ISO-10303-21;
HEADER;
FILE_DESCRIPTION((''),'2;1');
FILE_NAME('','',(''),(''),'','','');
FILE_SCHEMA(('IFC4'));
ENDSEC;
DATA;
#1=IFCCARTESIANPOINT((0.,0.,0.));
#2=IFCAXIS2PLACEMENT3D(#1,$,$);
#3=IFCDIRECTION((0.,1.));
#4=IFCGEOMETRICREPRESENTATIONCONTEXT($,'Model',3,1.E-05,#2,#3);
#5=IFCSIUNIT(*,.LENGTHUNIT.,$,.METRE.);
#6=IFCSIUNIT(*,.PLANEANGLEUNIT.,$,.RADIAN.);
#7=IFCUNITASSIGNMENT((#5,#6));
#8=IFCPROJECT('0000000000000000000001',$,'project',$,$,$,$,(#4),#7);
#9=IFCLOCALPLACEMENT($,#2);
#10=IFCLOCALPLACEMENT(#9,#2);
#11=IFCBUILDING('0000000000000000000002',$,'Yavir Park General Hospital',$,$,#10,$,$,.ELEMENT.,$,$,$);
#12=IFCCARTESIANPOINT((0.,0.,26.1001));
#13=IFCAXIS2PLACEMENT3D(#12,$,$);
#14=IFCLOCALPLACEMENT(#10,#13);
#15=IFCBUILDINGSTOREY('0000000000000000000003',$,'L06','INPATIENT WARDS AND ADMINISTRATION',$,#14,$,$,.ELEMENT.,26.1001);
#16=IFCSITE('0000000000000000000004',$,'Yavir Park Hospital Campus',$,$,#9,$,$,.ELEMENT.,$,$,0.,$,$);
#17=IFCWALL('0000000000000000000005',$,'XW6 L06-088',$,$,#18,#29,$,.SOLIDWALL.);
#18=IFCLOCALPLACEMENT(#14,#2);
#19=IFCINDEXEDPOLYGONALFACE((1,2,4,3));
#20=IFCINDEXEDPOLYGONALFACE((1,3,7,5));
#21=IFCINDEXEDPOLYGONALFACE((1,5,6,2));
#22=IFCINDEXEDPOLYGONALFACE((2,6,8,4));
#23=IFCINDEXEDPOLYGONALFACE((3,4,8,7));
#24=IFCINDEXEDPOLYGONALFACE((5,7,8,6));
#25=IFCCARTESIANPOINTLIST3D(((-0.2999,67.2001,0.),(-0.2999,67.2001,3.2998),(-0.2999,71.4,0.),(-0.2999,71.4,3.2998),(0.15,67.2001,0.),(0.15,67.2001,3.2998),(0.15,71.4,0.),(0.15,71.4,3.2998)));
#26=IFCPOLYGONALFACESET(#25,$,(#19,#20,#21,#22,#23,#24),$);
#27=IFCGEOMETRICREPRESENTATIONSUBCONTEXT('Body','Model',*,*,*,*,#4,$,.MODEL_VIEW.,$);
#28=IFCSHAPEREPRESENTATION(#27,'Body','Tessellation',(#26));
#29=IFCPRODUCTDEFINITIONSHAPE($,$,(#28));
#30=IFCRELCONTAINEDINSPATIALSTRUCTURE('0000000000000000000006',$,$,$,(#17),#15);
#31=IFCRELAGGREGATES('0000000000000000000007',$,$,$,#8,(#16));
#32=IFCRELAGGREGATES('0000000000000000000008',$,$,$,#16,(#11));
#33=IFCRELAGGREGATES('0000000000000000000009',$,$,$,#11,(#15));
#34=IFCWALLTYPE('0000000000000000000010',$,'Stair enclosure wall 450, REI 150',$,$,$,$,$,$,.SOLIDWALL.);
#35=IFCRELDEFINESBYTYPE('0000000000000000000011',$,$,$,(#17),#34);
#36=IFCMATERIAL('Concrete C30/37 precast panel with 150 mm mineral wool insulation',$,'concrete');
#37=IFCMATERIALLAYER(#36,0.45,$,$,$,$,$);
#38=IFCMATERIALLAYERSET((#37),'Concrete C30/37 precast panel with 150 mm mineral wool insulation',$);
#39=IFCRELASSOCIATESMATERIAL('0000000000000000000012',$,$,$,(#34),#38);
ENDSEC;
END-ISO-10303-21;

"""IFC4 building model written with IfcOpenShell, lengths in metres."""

from ifc_helpers import new_model, si_unit, direction, frame, frame_2d, origin, place, context, subcontext, project, spatial, rectangle, extrude, material, layer, layer_set, type_object, element, save


model = new_model("IFC4")

# Units and contexts
model_context = context("Model", 3, precision=1e-05, world=origin(), true_north=direction((0.0, 1.0)))
body_context = subcontext(model_context, "Body", "Model", "MODEL_VIEW")
ifc_project = project(units=[si_unit("LENGTHUNIT", "METRE"), si_unit("PLANEANGLEUNIT", "RADIAN")], contexts=[model_context])

# Site, building, storey
site_placement = place(None, origin())
site = spatial("IfcSite", under=ifc_project, at=site_placement, Name="Yavir Park Hospital Campus", CompositionType="ELEMENT", RefElevation=0.0)
building_placement = place(site_placement, origin())
building = spatial("IfcBuilding", under=site, at=building_placement, Name="Yavir Park General Hospital", CompositionType="ELEMENT")
storey_placement = place(building_placement, frame((0.0, 0.0, 26.1001)))
storey = spatial("IfcBuildingStorey", under=building, at=storey_placement, Name="L06", Description="INPATIENT WARDS AND ADMINISTRATION", CompositionType="ELEMENT", Elevation=26.1001)

# Wall
ifc_material_1 = material(Name="Concrete C30/37 precast panel with 150 mm mineral wool insulation", Category="concrete")
ifc_layer_1 = layer(ifc_material_1, 0.45)
ifc_layer_set_1 = layer_set([ifc_layer_1], Name="Concrete C30/37 precast panel with 150 mm mineral wool insulation")
wall_type_1 = type_object("IfcWallType", Name="Stair enclosure wall 450, REI 150", PredefinedType="SOLIDWALL", material=ifc_layer_set_1)
wall_1_placement = place(storey_placement, frame((-0.075, 67.2, 0.0), z_axis=(0.0, 0.0, 1.0), x_axis=(0.0, 1.0, 0.0)))
element("IfcWall", 1, at=wall_1_placement, inside=storey, type_object=wall_type_1, Name="XW6 L06-088", PredefinedType="SOLIDWALL", context=body_context, shape_type="SweptSolid", body=[
    extrude(rectangle(XDim=4.2, YDim=0.45, at=frame_2d((2.1001, 0.0))), origin(), (0.0, 0.0, 1.0), 3.2998),
])

save(model, "model.ifc")
